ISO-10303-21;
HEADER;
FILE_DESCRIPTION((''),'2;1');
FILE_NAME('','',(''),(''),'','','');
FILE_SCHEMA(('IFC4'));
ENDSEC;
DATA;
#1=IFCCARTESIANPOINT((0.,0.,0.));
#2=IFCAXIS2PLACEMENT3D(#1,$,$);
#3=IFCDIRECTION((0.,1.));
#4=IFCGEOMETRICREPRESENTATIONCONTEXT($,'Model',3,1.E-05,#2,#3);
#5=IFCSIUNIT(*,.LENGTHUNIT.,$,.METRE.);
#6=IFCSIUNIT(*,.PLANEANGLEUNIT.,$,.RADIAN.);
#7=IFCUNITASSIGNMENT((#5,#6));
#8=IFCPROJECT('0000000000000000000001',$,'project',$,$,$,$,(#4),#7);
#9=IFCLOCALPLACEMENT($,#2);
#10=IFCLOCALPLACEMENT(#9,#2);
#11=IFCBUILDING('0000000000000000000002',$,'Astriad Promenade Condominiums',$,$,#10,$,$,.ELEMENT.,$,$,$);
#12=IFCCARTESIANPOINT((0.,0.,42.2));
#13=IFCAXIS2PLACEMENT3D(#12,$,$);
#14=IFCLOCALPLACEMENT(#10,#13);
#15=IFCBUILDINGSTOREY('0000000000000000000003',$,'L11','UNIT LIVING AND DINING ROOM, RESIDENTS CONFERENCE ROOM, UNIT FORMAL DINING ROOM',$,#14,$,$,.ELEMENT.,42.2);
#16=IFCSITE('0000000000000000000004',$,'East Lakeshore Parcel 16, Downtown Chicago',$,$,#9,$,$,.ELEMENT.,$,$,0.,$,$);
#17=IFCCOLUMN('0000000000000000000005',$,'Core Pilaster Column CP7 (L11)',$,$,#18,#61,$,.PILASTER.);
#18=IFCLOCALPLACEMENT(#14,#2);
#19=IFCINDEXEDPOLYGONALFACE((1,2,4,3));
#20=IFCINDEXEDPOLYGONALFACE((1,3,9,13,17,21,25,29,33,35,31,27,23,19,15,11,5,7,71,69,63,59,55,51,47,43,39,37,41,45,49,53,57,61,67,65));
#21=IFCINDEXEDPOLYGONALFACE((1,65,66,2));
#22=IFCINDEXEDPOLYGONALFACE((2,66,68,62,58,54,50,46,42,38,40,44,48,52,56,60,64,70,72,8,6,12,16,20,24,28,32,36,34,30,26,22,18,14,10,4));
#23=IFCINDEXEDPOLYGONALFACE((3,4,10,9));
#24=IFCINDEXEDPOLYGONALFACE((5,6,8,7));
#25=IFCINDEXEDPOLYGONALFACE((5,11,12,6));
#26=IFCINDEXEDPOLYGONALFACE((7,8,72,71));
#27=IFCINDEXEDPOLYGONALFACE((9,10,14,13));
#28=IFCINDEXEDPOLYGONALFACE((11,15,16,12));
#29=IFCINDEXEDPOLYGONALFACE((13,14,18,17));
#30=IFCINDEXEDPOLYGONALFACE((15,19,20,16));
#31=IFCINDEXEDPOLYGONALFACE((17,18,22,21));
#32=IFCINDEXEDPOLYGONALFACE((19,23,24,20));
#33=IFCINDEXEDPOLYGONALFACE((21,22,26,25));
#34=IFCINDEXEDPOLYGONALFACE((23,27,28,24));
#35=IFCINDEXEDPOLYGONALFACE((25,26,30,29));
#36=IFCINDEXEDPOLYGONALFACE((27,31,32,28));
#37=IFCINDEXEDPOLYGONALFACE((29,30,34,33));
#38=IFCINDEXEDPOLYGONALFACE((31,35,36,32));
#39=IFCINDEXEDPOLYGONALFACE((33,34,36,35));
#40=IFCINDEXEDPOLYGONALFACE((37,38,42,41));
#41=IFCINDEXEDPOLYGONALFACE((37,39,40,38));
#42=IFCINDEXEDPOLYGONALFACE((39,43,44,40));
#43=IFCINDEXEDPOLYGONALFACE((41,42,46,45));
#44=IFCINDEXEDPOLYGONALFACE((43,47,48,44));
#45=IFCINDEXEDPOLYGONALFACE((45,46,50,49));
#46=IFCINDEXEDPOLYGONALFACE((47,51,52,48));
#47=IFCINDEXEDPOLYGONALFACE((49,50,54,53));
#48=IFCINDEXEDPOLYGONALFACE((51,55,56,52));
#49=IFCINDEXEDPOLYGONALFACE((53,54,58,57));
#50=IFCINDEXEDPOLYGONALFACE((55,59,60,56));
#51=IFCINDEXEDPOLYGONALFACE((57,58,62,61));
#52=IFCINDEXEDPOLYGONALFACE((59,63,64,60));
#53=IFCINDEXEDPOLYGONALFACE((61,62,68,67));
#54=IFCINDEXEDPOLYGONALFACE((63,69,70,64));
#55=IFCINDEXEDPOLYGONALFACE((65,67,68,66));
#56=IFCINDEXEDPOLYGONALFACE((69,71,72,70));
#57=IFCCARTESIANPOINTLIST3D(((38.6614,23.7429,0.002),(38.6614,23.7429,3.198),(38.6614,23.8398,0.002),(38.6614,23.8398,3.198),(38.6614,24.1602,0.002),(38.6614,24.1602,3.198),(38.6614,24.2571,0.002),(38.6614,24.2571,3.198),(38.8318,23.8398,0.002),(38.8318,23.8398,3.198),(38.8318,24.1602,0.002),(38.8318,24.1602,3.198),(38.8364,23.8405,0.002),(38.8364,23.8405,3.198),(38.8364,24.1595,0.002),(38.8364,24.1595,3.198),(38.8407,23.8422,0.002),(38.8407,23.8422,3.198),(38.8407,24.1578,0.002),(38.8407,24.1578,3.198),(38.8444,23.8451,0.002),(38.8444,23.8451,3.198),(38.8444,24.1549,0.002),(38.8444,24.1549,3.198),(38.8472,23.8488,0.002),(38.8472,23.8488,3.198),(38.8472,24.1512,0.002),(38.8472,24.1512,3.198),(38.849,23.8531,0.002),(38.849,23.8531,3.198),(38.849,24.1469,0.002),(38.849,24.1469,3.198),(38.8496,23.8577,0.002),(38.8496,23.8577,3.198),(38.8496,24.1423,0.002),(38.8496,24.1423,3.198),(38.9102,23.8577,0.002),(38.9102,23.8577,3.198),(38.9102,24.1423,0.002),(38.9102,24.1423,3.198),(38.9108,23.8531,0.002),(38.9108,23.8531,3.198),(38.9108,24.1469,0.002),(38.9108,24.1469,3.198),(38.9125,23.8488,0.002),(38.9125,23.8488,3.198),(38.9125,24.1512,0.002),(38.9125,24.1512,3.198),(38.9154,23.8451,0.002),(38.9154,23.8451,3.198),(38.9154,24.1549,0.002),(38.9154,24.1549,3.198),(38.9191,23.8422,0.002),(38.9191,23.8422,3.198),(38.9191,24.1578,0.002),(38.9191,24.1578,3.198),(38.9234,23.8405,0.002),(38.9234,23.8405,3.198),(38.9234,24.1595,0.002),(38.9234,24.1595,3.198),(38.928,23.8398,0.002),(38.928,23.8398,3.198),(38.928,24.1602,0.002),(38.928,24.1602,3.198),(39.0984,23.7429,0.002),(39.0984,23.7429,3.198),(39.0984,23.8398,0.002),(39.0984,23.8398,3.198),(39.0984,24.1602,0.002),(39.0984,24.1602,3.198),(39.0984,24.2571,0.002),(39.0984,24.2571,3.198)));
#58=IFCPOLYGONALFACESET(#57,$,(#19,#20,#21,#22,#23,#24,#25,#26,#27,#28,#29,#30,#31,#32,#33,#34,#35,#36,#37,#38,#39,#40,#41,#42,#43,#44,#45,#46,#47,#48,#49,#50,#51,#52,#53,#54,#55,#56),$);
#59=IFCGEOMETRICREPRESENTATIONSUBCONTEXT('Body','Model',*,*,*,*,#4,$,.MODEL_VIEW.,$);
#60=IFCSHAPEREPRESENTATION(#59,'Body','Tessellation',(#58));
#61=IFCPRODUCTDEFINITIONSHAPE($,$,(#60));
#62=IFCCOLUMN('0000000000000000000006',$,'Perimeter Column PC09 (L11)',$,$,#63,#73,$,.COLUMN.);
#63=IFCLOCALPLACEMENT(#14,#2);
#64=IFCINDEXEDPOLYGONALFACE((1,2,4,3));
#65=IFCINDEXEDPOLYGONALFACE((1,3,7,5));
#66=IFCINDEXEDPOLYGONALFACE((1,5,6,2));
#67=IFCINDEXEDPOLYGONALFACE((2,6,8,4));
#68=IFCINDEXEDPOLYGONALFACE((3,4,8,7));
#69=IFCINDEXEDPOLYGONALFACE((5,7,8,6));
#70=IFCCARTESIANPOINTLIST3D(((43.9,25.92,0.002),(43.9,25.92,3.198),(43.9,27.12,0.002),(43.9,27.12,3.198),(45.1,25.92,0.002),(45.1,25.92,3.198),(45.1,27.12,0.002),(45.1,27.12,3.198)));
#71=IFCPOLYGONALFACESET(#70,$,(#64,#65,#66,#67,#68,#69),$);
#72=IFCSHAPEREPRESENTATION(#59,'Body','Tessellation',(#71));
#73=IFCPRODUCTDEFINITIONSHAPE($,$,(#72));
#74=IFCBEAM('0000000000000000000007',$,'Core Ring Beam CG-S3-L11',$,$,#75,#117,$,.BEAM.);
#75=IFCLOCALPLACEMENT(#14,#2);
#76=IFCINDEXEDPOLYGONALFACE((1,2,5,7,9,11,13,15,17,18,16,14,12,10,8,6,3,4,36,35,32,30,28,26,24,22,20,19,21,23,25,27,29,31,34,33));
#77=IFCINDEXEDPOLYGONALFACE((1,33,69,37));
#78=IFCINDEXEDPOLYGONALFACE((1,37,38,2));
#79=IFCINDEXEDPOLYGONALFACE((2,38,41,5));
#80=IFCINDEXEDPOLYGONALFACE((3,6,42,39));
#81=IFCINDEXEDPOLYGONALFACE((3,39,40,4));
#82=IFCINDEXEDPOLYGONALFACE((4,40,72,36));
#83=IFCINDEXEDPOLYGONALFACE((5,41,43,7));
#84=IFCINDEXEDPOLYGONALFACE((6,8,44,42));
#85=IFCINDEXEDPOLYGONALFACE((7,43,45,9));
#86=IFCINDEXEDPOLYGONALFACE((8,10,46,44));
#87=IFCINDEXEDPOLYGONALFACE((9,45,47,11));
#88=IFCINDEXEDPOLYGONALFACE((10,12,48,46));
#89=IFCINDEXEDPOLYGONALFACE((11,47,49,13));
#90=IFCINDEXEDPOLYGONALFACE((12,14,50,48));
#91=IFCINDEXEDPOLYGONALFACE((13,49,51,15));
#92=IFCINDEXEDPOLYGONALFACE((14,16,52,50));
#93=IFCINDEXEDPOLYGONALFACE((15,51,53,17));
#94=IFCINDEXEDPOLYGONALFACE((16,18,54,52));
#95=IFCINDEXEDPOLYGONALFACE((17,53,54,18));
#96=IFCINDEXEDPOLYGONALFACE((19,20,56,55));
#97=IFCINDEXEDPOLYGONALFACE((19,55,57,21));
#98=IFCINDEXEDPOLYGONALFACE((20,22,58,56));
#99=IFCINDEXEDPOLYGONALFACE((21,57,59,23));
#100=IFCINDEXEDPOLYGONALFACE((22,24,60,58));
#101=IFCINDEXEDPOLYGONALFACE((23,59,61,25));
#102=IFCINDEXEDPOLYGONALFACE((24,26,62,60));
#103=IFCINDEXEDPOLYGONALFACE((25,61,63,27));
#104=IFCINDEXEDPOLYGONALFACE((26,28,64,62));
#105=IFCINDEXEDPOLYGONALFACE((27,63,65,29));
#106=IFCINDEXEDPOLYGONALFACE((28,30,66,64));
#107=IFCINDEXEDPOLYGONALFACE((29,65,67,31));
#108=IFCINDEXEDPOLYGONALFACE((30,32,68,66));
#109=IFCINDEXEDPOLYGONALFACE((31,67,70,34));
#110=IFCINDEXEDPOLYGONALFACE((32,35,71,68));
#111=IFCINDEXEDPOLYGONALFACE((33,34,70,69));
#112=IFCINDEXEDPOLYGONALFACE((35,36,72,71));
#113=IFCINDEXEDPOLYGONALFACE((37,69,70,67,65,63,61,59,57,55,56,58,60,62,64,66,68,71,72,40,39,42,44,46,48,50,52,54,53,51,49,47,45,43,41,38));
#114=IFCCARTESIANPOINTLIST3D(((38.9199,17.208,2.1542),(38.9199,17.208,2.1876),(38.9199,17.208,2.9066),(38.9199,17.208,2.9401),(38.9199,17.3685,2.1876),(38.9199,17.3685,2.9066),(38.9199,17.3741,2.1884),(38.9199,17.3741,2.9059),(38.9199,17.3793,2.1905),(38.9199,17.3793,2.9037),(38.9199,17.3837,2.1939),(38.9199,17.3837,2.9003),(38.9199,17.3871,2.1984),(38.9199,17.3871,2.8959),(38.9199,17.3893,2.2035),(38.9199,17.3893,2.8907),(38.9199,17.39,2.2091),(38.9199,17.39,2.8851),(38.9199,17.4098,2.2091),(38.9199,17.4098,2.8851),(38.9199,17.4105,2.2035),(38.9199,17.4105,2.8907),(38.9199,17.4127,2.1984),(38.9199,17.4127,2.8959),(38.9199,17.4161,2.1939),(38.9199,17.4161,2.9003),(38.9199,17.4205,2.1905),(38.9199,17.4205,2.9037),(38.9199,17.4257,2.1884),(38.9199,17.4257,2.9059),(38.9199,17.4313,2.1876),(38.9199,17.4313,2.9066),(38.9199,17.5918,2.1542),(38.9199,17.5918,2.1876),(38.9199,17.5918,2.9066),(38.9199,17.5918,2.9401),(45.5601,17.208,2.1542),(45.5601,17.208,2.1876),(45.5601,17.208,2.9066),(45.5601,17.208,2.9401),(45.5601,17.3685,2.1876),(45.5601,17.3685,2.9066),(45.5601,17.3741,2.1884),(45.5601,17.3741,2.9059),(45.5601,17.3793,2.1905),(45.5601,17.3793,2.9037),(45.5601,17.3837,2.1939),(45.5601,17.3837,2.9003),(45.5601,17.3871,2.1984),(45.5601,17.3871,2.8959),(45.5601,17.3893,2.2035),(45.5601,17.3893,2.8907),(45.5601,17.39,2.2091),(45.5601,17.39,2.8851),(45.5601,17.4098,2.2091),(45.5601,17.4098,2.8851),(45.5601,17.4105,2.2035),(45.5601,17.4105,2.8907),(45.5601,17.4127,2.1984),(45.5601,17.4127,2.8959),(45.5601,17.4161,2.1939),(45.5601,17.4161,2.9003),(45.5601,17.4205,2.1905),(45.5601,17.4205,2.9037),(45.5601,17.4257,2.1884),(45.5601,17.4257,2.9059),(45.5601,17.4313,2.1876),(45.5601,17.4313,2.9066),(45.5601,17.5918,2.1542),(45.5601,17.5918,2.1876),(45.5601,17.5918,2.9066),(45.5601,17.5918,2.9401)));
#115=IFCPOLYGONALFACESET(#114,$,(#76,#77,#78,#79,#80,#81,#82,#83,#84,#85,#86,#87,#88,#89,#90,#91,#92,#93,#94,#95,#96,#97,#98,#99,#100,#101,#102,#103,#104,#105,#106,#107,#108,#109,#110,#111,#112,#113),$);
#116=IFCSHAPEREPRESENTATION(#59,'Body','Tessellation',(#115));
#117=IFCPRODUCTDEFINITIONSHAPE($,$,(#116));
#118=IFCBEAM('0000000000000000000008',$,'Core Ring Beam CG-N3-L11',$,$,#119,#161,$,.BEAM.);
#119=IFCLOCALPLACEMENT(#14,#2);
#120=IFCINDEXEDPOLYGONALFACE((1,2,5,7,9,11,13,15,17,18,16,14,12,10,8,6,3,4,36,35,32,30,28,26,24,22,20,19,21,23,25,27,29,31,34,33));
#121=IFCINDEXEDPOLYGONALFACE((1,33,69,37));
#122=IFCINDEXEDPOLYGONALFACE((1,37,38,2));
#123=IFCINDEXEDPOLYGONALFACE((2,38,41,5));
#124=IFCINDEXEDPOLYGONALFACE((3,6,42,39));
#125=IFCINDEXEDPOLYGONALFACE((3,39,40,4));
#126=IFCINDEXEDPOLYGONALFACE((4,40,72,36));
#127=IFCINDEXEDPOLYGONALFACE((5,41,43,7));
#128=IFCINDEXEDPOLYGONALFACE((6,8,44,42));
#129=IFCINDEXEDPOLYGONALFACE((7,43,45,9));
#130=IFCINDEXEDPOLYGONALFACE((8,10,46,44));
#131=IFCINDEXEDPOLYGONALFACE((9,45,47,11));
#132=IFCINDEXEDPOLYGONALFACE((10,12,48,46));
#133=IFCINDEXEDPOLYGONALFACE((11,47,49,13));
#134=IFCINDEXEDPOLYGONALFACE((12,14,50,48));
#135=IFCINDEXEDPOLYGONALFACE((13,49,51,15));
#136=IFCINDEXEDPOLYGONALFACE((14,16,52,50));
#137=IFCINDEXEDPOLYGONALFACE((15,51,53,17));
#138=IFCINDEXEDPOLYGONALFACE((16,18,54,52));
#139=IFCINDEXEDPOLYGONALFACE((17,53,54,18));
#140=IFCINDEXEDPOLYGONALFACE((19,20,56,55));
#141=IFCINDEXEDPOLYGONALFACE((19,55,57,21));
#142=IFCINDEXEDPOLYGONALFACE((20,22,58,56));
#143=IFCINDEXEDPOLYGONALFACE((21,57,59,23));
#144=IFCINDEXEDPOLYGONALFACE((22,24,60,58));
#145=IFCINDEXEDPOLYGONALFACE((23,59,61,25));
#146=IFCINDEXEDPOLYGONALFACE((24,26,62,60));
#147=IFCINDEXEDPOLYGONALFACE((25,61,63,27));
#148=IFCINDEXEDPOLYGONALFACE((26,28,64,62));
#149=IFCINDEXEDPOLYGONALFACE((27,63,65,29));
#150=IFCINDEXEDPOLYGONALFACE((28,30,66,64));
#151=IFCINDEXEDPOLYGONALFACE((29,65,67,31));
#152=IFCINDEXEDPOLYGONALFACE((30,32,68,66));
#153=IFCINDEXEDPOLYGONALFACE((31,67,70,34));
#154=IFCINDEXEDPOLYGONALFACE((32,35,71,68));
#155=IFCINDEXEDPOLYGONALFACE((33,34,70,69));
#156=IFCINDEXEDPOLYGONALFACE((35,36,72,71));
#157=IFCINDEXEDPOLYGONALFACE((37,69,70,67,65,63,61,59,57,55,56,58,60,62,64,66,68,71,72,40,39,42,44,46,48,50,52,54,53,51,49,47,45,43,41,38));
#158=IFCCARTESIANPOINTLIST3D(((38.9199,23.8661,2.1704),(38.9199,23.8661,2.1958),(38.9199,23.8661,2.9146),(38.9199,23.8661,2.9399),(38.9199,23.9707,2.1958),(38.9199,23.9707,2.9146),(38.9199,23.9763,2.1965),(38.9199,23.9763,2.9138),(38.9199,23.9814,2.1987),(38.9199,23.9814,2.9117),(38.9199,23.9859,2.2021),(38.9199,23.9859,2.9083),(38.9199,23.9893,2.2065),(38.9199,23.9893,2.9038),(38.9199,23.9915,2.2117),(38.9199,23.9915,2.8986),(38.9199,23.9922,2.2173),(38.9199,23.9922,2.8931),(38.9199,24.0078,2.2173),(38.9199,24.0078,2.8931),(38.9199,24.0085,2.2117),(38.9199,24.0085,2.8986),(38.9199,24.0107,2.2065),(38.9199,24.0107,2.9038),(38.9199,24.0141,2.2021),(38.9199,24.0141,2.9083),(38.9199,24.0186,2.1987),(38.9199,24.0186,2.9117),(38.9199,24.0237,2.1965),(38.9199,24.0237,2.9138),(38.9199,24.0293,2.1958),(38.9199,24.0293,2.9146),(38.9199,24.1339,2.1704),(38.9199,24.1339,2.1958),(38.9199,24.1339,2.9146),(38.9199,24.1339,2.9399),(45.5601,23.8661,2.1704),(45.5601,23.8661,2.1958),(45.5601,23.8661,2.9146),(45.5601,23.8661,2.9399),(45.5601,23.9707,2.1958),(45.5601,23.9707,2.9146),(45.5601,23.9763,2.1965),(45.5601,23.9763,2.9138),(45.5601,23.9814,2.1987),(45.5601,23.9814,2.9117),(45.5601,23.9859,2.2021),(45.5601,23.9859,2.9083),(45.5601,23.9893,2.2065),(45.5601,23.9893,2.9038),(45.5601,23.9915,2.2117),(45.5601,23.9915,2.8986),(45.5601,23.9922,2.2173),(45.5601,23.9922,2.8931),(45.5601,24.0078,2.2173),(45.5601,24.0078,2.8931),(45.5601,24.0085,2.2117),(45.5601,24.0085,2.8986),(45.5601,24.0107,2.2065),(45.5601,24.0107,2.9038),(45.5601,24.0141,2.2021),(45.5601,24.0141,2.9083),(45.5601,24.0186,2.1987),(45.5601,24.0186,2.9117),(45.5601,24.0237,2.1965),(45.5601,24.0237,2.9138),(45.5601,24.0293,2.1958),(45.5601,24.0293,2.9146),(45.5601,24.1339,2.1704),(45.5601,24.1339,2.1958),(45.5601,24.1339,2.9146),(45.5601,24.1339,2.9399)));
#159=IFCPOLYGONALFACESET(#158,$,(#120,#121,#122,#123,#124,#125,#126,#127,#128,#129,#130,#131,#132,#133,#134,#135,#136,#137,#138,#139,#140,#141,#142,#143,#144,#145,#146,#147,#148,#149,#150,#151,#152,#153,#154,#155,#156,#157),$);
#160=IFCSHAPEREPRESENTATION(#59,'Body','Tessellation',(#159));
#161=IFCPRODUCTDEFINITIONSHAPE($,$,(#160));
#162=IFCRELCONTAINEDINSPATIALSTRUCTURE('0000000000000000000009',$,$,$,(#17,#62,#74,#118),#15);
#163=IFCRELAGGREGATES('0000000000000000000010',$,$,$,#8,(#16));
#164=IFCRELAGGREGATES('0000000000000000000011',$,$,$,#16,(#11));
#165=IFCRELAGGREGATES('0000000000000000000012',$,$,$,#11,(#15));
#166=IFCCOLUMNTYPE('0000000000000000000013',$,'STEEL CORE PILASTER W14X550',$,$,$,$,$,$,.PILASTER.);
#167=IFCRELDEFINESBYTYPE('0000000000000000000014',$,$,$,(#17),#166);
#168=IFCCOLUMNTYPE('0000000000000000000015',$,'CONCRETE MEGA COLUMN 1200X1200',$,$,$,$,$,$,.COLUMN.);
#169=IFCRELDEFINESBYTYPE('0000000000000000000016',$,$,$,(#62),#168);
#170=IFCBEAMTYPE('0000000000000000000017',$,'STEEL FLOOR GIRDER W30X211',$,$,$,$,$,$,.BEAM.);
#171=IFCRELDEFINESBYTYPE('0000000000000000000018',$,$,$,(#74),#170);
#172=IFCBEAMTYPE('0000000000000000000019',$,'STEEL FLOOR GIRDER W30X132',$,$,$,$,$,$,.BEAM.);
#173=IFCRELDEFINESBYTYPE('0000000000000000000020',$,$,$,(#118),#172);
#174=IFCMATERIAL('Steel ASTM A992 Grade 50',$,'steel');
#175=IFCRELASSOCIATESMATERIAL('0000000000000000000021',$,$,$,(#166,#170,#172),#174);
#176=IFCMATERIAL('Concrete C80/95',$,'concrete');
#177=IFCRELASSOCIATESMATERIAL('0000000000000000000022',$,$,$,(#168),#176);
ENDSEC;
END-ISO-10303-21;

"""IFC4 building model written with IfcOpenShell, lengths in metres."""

from ifc_helpers import new_model, si_unit, direction, frame, origin, origin_2d, place, context, subcontext, project, spatial, rectangle, i_section, extrude, source, transform, mapped, material, material_profile, profile_set, type_object, type_shapes, element, save


model = new_model("IFC4")

# Units and contexts
model_context = context("Model", 3, precision=1e-05, world=origin(), true_north=direction((0.0, 1.0)))
body_context = subcontext(model_context, "Body", "Model", "MODEL_VIEW")
ifc_project = project(units=[si_unit("LENGTHUNIT", "METRE"), si_unit("PLANEANGLEUNIT", "RADIAN")], contexts=[model_context])

# Site, building, storey
site_placement = place(None, origin())
site = spatial("IfcSite", under=ifc_project, at=site_placement, Name="East Lakeshore Parcel 16, Downtown Chicago", CompositionType="ELEMENT", RefElevation=0.0)
building_placement = place(site_placement, origin())
building = spatial("IfcBuilding", under=site, at=building_placement, Name="Astriad Promenade Condominiums", CompositionType="ELEMENT")
storey_placement = place(building_placement, frame((0.0, 0.0, 42.2)))
storey = spatial("IfcBuildingStorey", under=building, at=storey_placement, Name="L11", Description="UNIT LIVING AND DINING ROOM, RESIDENTS CONFERENCE ROOM, UNIT FORMAL DINING ROOM", CompositionType="ELEMENT", Elevation=42.2)

# Columns
ifc_material_1 = material(Name="Steel ASTM A992 Grade 50", Category="steel")
ifc_material_profile_1 = material_profile(ifc_material_1, i_section(OverallWidth=0.437, OverallDepth=0.5142, WebThickness=0.0605, FlangeThickness=0.0969, FilletRadius=0.0178, at=origin_2d()), Name="W14X550")
ifc_profile_set_1 = profile_set([ifc_material_profile_1], Name="Steel ASTM A992 Grade 50")
column_type_1 = type_object("IfcColumnType", Name="STEEL CORE PILASTER W14X550", PredefinedType="PILASTER", material=ifc_profile_set_1)
shared_shape_1 = source(origin(), body_context, "Body", "SweptSolid", [
    extrude(i_section(OverallWidth=0.437, OverallDepth=0.5142, WebThickness=0.0605, FlangeThickness=0.0969, FilletRadius=0.0178, at=origin_2d()), origin(), (0.0, 0.0, 1.0), 3.196),
])
type_shapes(column_type_1, [shared_shape_1])
column_1_placement = place(storey_placement, frame((38.8799, 24.0, 0.002), z_axis=(0.0, 0.0, 1.0), x_axis=(1.0, 0.0, 0.0)))
element("IfcColumn", 1, at=column_1_placement, inside=storey, type_object=column_type_1, Name="Core Pilaster Column CP7 (L11)", PredefinedType="PILASTER", context=body_context, shape_type="MappedRepresentation", body=[
    mapped(shared_shape_1, transform((0.0, 0.0, 0.0), scale=1.0)),
])
ifc_material_2 = material(Name="Concrete C80/95", Category="concrete")
ifc_material_profile_2 = material_profile(ifc_material_2, rectangle(XDim=1.2, YDim=1.2, at=origin_2d()), Name="RC-COL-1200X1200")
ifc_profile_set_2 = profile_set([ifc_material_profile_2], Name="Concrete C80/95")
column_type_2 = type_object("IfcColumnType", Name="CONCRETE MEGA COLUMN 1200X1200", PredefinedType="COLUMN", material=ifc_profile_set_2)
shared_shape_2 = source(origin(), body_context, "Body", "SweptSolid", [
    extrude(rectangle(XDim=1.2, YDim=1.2, at=origin_2d()), origin(), (0.0, 0.0, 1.0), 3.196),
])
type_shapes(column_type_2, [shared_shape_2])
column_2_placement = place(storey_placement, frame((44.5, 26.52, 0.002), z_axis=(0.0, 0.0, 1.0), x_axis=(1.0, 0.0, 0.0)))
element("IfcColumn", 2, at=column_2_placement, inside=storey, type_object=column_type_2, Name="Perimeter Column PC09 (L11)", PredefinedType="COLUMN", context=body_context, shape_type="MappedRepresentation", body=[
    mapped(shared_shape_2, transform((0.0, 0.0, 0.0), scale=1.0)),
])

# Beams
ifc_material_profile_3 = material_profile(ifc_material_1, i_section(OverallWidth=0.3838, OverallDepth=0.7859, WebThickness=0.0198, FlangeThickness=0.0334, FilletRadius=0.0215, at=origin_2d()), Name="W30X211")
ifc_profile_set_3 = profile_set([ifc_material_profile_3], Name="Steel ASTM A992 Grade 50")
beam_type_1 = type_object("IfcBeamType", Name="STEEL FLOOR GIRDER W30X211", PredefinedType="BEAM", material=ifc_profile_set_3)
shared_shape_3 = source(origin(), body_context, "Body", "SweptSolid", [
    extrude(i_section(OverallWidth=0.3838, OverallDepth=0.7859, WebThickness=0.0198, FlangeThickness=0.0334, FilletRadius=0.0215, at=origin_2d()), origin(), (0.0, 0.0, 1.0), 6.6401),
])
type_shapes(beam_type_1, [shared_shape_3])
beam_1_placement = place(storey_placement, frame((38.9199, 17.3999, 2.5471), z_axis=(1.0, 0.0, 0.0), x_axis=(0.0, 1.0, 0.0)))
element("IfcBeam", 3, at=beam_1_placement, inside=storey, type_object=beam_type_1, Name="Core Ring Beam CG-S3-L11", PredefinedType="BEAM", context=body_context, shape_type="MappedRepresentation", body=[
    mapped(shared_shape_3, transform((0.0, 0.0, 0.0), scale=1.0)),
])
ifc_material_profile_4 = material_profile(ifc_material_1, i_section(OverallWidth=0.2678, OverallDepth=0.7695, WebThickness=0.0156, FlangeThickness=0.0254, FilletRadius=0.0215, at=origin_2d()), Name="W30X132")
ifc_profile_set_4 = profile_set([ifc_material_profile_4], Name="Steel ASTM A992 Grade 50")
beam_type_2 = type_object("IfcBeamType", Name="STEEL FLOOR GIRDER W30X132", PredefinedType="BEAM", material=ifc_profile_set_4)
shared_shape_4 = source(origin(), body_context, "Body", "SweptSolid", [
    extrude(i_section(OverallWidth=0.2678, OverallDepth=0.7695, WebThickness=0.0156, FlangeThickness=0.0254, FilletRadius=0.0215, at=origin_2d()), origin(), (0.0, 0.0, 1.0), 6.6401),
])
type_shapes(beam_type_2, [shared_shape_4])
beam_2_placement = place(storey_placement, frame((38.9199, 24.0, 2.5552), z_axis=(1.0, 0.0, 0.0), x_axis=(0.0, 1.0, 0.0)))
element("IfcBeam", 4, at=beam_2_placement, inside=storey, type_object=beam_type_2, Name="Core Ring Beam CG-N3-L11", PredefinedType="BEAM", context=body_context, shape_type="MappedRepresentation", body=[
    mapped(shared_shape_4, transform((0.0, 0.0, 0.0), scale=1.0)),
])

save(model, "model.ifc")
